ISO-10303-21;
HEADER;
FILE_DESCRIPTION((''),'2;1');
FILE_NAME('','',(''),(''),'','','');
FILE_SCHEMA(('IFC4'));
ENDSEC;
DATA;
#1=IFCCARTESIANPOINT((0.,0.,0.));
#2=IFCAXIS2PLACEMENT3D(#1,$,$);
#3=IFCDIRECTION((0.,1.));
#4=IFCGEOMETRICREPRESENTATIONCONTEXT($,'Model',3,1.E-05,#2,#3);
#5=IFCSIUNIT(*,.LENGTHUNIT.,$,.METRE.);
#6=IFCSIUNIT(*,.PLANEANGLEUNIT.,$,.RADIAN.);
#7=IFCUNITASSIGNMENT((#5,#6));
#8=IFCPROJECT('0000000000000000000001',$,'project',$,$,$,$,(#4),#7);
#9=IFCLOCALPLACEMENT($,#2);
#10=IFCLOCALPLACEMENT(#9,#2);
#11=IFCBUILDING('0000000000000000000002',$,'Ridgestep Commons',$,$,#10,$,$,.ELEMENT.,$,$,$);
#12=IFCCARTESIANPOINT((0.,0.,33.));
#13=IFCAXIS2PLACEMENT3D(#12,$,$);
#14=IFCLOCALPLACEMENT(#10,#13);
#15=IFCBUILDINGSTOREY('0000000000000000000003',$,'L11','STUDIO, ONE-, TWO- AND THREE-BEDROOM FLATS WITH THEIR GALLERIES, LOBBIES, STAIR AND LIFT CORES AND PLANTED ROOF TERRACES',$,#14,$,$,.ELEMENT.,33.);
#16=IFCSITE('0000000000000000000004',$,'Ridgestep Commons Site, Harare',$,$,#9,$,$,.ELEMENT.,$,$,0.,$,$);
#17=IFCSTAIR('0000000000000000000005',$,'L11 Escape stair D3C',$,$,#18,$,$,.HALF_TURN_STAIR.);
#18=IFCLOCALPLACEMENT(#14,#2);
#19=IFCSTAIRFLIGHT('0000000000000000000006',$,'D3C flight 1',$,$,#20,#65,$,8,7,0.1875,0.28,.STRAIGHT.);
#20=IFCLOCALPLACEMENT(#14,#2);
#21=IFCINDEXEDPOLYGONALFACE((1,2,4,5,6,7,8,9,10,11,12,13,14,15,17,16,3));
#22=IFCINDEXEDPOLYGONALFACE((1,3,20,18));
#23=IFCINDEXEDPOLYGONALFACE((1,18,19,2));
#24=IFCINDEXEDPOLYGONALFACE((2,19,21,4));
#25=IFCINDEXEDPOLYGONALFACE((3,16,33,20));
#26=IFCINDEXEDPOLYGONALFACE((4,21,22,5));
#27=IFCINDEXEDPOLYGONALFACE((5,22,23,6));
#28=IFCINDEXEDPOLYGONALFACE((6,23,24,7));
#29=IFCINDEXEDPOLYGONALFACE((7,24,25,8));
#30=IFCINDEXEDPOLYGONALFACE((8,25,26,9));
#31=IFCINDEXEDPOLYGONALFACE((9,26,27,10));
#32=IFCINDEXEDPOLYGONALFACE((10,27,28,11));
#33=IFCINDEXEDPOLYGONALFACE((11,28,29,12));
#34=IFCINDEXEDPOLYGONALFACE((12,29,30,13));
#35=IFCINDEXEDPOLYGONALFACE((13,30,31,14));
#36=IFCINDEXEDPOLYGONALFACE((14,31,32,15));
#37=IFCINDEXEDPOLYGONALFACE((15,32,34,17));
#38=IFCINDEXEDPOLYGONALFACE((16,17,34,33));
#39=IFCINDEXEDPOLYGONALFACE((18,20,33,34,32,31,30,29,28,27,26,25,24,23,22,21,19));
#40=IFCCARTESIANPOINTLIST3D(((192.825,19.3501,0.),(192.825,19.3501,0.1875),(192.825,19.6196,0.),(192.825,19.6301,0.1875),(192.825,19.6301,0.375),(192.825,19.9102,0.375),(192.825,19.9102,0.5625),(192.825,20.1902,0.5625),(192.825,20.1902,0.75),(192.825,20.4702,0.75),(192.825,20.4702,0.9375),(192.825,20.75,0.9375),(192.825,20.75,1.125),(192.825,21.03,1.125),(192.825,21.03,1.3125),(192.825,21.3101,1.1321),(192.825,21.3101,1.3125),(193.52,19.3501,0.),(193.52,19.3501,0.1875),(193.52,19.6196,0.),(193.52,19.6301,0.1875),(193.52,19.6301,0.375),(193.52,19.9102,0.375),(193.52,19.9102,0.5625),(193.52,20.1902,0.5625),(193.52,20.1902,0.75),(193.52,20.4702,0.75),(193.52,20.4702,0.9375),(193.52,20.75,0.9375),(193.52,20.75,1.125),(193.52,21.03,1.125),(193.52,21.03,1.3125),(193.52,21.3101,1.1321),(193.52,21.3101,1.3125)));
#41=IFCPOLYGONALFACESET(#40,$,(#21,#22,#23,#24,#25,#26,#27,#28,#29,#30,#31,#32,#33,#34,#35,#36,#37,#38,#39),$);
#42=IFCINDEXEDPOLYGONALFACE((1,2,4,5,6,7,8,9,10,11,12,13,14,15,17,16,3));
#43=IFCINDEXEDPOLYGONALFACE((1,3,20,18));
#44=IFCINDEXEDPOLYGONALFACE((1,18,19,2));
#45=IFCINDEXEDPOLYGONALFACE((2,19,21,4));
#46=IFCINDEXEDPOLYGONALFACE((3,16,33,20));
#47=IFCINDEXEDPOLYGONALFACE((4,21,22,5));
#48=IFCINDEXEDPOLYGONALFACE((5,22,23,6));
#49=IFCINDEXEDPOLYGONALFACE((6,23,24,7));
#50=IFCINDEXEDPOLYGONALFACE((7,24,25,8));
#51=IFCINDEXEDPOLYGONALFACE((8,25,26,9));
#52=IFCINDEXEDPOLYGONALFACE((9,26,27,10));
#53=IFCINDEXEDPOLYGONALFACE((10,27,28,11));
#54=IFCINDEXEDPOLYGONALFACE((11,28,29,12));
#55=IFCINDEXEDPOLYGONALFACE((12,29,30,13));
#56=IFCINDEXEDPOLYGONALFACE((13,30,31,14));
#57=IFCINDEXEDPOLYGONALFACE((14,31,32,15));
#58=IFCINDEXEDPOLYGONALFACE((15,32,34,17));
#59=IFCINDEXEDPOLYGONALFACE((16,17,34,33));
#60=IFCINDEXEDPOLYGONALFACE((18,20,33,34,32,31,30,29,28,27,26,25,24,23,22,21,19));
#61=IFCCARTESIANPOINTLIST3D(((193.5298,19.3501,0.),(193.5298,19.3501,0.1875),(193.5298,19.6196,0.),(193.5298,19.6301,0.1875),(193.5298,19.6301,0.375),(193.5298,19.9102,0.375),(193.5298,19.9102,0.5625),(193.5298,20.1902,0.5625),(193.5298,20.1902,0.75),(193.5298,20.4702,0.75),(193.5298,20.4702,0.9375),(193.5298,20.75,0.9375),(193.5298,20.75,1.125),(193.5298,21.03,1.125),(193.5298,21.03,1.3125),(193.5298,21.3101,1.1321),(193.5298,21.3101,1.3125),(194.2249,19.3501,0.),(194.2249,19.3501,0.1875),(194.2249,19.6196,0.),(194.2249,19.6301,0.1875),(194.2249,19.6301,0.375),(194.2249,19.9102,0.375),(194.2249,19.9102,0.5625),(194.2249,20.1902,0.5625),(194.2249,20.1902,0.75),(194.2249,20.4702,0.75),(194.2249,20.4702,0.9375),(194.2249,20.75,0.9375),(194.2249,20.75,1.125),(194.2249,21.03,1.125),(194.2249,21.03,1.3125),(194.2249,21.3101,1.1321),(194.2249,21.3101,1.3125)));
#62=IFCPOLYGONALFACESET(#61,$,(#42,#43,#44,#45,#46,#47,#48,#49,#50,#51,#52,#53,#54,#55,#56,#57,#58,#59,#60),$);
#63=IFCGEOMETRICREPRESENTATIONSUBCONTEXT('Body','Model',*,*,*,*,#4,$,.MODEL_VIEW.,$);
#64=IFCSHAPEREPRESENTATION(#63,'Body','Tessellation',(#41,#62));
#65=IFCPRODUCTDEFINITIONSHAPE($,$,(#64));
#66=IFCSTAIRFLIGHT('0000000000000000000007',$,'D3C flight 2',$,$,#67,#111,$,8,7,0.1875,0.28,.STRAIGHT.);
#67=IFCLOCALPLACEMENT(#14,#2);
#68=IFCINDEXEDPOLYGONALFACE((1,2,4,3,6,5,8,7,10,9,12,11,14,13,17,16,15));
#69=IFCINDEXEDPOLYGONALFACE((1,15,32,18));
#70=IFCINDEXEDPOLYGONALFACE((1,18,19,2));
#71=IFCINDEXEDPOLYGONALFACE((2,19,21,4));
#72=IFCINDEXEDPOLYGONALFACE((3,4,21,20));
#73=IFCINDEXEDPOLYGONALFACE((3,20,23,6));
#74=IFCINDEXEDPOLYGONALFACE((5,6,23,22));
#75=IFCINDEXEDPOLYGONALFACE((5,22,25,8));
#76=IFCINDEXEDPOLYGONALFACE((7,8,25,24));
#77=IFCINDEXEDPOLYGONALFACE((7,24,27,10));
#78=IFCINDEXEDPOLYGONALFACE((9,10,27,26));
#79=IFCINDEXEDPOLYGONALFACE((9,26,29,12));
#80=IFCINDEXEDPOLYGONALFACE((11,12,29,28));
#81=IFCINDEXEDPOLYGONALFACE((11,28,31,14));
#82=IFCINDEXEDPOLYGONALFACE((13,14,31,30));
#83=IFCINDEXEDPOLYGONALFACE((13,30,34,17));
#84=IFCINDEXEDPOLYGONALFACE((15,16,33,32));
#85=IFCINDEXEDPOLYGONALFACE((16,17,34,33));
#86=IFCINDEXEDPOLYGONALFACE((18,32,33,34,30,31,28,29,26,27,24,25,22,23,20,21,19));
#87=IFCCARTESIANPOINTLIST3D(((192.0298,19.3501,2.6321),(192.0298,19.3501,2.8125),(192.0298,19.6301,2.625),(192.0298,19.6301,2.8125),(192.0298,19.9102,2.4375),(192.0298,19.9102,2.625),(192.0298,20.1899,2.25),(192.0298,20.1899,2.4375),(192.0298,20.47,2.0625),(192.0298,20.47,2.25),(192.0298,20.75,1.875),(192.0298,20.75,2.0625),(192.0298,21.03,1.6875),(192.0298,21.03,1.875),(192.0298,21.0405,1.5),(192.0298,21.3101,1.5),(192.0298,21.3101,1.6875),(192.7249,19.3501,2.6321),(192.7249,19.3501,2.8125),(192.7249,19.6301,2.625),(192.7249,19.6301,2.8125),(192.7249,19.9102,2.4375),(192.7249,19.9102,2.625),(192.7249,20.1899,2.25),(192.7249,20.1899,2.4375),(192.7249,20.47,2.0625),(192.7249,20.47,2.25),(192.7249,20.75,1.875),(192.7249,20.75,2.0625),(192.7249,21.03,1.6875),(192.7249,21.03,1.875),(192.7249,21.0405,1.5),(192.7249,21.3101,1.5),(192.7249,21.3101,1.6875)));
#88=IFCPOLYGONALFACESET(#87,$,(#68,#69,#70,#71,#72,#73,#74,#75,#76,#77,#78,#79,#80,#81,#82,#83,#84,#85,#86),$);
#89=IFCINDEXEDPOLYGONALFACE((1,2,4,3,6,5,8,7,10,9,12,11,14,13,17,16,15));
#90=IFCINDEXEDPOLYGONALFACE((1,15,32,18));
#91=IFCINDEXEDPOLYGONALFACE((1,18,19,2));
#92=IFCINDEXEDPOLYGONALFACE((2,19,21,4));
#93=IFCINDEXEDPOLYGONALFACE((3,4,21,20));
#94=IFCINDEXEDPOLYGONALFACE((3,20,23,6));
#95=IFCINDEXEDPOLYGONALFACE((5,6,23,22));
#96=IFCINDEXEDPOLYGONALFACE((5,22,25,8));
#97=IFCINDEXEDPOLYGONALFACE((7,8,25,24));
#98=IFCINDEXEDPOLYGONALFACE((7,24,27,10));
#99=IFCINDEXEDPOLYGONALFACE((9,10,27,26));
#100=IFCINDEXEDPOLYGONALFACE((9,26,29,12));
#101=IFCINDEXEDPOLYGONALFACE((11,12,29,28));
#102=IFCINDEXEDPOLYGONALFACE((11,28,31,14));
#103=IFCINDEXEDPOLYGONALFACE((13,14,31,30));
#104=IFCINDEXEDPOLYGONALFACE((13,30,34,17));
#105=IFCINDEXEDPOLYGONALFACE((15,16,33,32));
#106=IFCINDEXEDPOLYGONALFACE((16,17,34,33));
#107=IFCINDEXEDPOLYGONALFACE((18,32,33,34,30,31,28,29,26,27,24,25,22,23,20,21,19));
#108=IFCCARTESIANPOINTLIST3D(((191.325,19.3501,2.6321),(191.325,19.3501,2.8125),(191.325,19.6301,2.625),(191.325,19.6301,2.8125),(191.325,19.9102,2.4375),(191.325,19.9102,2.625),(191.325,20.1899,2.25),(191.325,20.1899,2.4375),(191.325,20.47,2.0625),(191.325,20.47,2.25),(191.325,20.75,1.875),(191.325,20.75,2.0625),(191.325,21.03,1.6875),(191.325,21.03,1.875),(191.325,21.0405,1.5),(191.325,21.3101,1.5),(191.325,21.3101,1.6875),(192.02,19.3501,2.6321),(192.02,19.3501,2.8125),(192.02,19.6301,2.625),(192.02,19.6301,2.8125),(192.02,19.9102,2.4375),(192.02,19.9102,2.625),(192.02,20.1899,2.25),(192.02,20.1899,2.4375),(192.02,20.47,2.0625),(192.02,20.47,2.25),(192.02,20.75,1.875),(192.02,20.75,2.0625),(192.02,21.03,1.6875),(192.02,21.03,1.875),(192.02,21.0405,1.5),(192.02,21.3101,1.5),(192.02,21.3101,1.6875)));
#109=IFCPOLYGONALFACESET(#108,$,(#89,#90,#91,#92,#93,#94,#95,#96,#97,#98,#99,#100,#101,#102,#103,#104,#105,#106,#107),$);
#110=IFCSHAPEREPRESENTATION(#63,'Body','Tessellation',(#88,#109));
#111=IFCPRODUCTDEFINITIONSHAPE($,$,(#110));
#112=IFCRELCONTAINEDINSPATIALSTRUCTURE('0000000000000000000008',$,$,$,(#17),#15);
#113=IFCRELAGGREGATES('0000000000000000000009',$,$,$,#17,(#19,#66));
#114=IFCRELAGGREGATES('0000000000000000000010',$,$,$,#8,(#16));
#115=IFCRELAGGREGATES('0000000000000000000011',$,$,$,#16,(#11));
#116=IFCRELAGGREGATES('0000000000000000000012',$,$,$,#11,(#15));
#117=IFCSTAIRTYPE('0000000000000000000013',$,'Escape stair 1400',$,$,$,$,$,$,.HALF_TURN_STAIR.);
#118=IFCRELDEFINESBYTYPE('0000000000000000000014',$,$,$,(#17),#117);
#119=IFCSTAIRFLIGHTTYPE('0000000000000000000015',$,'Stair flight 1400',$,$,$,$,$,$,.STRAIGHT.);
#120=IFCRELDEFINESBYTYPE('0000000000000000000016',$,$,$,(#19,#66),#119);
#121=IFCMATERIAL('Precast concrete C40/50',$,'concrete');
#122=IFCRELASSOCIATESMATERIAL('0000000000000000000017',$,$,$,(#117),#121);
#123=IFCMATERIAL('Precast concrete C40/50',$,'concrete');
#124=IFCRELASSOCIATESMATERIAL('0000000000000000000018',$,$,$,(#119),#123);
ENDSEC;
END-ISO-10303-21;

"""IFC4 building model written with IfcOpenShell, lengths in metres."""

from ifc_helpers import new_model, si_unit, direction, frame, origin, place, context, subcontext, project, spatial, polyline, outline, extrude, material, type_object, element, aggregate, save


model = new_model("IFC4")

# Units and contexts
model_context = context("Model", 3, precision=1e-05, world=origin(), true_north=direction((0.0, 1.0)))
body_context = subcontext(model_context, "Body", "Model", "MODEL_VIEW")
ifc_project = project(units=[si_unit("LENGTHUNIT", "METRE"), si_unit("PLANEANGLEUNIT", "RADIAN")], contexts=[model_context])

# Site, building, storey
site_placement = place(None, origin())
site = spatial("IfcSite", under=ifc_project, at=site_placement, Name="Ridgestep Commons Site, Harare", CompositionType="ELEMENT", RefElevation=0.0)
building_placement = place(site_placement, origin())
building = spatial("IfcBuilding", under=site, at=building_placement, Name="Ridgestep Commons", CompositionType="ELEMENT")
storey_placement = place(building_placement, frame((0.0, 0.0, 33.0)))
storey = spatial("IfcBuildingStorey", under=building, at=storey_placement, Name="L11", Description="STUDIO, ONE-, TWO- AND THREE-BEDROOM FLATS WITH THEIR GALLERIES, LOBBIES, STAIR AND LIFT CORES AND PLANTED ROOF TERRACES", CompositionType="ELEMENT", Elevation=33.0)

# Stair, stair flights
ifc_material_1 = material(Name="Precast concrete C40/50", Category="concrete")
stair_type = type_object("IfcStairType", Name="Escape stair 1400", PredefinedType="HALF_TURN_STAIR", material=ifc_material_1)
stair_placement = place(storey_placement, origin())
stair = element("IfcStair", 1, at=stair_placement, inside=storey, type_object=stair_type, Name="L11 Escape stair D3C", PredefinedType="HALF_TURN_STAIR")
ifc_material_2 = material(Name="Precast concrete C40/50", Category="concrete")
stair_flight_type = type_object("IfcStairFlightType", Name="Stair flight 1400", PredefinedType="STRAIGHT", material=ifc_material_2)
stair_flight_1_placement = place(storey_placement, frame((193.5249, 19.3501, 0.0), z_axis=(0.0, 0.0, 1.0), x_axis=(0.0, 1.0, 0.0)))
stair_flight_1 = element("IfcStairFlight", 2, at=stair_flight_1_placement, type_object=stair_flight_type, Name="D3C flight 1", NumberOfRisers=8, NumberOfTreads=7, PredefinedType="STRAIGHT", RiserHeight=0.1875, TreadLength=0.28, context=body_context, shape_type="SweptSolid", body=[
    extrude(outline(polyline([(0.0, 0.0), (0.0, 0.1875), (0.28, 0.1875), (0.28, 0.375), (0.5601, 0.375), (0.5601, 0.5625), (0.8401, 0.5625), (0.8401, 0.75), (1.1201, 0.75), (1.1201, 0.9375), (1.3999, 0.9375), (1.3999, 1.125), (1.6799, 1.125), (1.6799, 1.3125), (1.96, 1.3125), (1.96, 1.5), (1.96, 1.1321), (0.2695, 0.0), (0.0, 0.0)])), frame((0.0, 0.7, 0.0), z_axis=(0.0, -1.0, 0.0), x_axis=(1.0, 0.0, 0.0)), (0.0, 0.0, 1.0), 0.6951),
    extrude(outline(polyline([(0.0, 0.0), (0.0, 0.1875), (0.28, 0.1875), (0.28, 0.375), (0.5601, 0.375), (0.5601, 0.5625), (0.8401, 0.5625), (0.8401, 0.75), (1.1201, 0.75), (1.1201, 0.9375), (1.3999, 0.9375), (1.3999, 1.125), (1.6799, 1.125), (1.6799, 1.3125), (1.96, 1.3125), (1.96, 1.5), (1.96, 1.1321), (0.2695, 0.0), (0.0, 0.0)])), frame((0.0, -0.0049, 0.0), z_axis=(0.0, -1.0, 0.0), x_axis=(1.0, 0.0, 0.0)), (0.0, 0.0, 1.0), 0.6951),
])
stair_flight_2_placement = place(storey_placement, frame((192.0249, 21.3101, 1.5), z_axis=(0.0, 0.0, 1.0), x_axis=(0.0, -1.0, 0.0)))
stair_flight_2 = element("IfcStairFlight", 3, at=stair_flight_2_placement, type_object=stair_flight_type, Name="D3C flight 2", NumberOfRisers=8, NumberOfTreads=7, PredefinedType="STRAIGHT", RiserHeight=0.1875, TreadLength=0.28, context=body_context, shape_type="SweptSolid", body=[
    extrude(outline(polyline([(0.0, 0.0), (0.0, 0.1875), (0.28, 0.1875), (0.28, 0.375), (0.5601, 0.375), (0.5601, 0.5625), (0.8401, 0.5625), (0.8401, 0.75), (1.1201, 0.75), (1.1201, 0.9375), (1.3999, 0.9375), (1.3999, 1.125), (1.6799, 1.125), (1.6799, 1.3125), (1.96, 1.3125), (1.96, 1.5), (1.96, 1.1321), (0.2695, 0.0), (0.0, 0.0)])), frame((0.0, 0.7, 0.0), z_axis=(0.0, -1.0, 0.0), x_axis=(1.0, 0.0, 0.0)), (0.0, 0.0, 1.0), 0.6951),
    extrude(outline(polyline([(0.0, 0.0), (0.0, 0.1875), (0.28, 0.1875), (0.28, 0.375), (0.5601, 0.375), (0.5601, 0.5625), (0.8401, 0.5625), (0.8401, 0.75), (1.1201, 0.75), (1.1201, 0.9375), (1.3999, 0.9375), (1.3999, 1.125), (1.6799, 1.125), (1.6799, 1.3125), (1.96, 1.3125), (1.96, 1.5), (1.96, 1.1321), (0.2695, 0.0), (0.0, 0.0)])), frame((0.0, -0.0049, 0.0), z_axis=(0.0, -1.0, 0.0), x_axis=(1.0, 0.0, 0.0)), (0.0, 0.0, 1.0), 0.6951),
])
aggregate(stair, [stair_flight_1, stair_flight_2])

save(model, "model.ifc")
